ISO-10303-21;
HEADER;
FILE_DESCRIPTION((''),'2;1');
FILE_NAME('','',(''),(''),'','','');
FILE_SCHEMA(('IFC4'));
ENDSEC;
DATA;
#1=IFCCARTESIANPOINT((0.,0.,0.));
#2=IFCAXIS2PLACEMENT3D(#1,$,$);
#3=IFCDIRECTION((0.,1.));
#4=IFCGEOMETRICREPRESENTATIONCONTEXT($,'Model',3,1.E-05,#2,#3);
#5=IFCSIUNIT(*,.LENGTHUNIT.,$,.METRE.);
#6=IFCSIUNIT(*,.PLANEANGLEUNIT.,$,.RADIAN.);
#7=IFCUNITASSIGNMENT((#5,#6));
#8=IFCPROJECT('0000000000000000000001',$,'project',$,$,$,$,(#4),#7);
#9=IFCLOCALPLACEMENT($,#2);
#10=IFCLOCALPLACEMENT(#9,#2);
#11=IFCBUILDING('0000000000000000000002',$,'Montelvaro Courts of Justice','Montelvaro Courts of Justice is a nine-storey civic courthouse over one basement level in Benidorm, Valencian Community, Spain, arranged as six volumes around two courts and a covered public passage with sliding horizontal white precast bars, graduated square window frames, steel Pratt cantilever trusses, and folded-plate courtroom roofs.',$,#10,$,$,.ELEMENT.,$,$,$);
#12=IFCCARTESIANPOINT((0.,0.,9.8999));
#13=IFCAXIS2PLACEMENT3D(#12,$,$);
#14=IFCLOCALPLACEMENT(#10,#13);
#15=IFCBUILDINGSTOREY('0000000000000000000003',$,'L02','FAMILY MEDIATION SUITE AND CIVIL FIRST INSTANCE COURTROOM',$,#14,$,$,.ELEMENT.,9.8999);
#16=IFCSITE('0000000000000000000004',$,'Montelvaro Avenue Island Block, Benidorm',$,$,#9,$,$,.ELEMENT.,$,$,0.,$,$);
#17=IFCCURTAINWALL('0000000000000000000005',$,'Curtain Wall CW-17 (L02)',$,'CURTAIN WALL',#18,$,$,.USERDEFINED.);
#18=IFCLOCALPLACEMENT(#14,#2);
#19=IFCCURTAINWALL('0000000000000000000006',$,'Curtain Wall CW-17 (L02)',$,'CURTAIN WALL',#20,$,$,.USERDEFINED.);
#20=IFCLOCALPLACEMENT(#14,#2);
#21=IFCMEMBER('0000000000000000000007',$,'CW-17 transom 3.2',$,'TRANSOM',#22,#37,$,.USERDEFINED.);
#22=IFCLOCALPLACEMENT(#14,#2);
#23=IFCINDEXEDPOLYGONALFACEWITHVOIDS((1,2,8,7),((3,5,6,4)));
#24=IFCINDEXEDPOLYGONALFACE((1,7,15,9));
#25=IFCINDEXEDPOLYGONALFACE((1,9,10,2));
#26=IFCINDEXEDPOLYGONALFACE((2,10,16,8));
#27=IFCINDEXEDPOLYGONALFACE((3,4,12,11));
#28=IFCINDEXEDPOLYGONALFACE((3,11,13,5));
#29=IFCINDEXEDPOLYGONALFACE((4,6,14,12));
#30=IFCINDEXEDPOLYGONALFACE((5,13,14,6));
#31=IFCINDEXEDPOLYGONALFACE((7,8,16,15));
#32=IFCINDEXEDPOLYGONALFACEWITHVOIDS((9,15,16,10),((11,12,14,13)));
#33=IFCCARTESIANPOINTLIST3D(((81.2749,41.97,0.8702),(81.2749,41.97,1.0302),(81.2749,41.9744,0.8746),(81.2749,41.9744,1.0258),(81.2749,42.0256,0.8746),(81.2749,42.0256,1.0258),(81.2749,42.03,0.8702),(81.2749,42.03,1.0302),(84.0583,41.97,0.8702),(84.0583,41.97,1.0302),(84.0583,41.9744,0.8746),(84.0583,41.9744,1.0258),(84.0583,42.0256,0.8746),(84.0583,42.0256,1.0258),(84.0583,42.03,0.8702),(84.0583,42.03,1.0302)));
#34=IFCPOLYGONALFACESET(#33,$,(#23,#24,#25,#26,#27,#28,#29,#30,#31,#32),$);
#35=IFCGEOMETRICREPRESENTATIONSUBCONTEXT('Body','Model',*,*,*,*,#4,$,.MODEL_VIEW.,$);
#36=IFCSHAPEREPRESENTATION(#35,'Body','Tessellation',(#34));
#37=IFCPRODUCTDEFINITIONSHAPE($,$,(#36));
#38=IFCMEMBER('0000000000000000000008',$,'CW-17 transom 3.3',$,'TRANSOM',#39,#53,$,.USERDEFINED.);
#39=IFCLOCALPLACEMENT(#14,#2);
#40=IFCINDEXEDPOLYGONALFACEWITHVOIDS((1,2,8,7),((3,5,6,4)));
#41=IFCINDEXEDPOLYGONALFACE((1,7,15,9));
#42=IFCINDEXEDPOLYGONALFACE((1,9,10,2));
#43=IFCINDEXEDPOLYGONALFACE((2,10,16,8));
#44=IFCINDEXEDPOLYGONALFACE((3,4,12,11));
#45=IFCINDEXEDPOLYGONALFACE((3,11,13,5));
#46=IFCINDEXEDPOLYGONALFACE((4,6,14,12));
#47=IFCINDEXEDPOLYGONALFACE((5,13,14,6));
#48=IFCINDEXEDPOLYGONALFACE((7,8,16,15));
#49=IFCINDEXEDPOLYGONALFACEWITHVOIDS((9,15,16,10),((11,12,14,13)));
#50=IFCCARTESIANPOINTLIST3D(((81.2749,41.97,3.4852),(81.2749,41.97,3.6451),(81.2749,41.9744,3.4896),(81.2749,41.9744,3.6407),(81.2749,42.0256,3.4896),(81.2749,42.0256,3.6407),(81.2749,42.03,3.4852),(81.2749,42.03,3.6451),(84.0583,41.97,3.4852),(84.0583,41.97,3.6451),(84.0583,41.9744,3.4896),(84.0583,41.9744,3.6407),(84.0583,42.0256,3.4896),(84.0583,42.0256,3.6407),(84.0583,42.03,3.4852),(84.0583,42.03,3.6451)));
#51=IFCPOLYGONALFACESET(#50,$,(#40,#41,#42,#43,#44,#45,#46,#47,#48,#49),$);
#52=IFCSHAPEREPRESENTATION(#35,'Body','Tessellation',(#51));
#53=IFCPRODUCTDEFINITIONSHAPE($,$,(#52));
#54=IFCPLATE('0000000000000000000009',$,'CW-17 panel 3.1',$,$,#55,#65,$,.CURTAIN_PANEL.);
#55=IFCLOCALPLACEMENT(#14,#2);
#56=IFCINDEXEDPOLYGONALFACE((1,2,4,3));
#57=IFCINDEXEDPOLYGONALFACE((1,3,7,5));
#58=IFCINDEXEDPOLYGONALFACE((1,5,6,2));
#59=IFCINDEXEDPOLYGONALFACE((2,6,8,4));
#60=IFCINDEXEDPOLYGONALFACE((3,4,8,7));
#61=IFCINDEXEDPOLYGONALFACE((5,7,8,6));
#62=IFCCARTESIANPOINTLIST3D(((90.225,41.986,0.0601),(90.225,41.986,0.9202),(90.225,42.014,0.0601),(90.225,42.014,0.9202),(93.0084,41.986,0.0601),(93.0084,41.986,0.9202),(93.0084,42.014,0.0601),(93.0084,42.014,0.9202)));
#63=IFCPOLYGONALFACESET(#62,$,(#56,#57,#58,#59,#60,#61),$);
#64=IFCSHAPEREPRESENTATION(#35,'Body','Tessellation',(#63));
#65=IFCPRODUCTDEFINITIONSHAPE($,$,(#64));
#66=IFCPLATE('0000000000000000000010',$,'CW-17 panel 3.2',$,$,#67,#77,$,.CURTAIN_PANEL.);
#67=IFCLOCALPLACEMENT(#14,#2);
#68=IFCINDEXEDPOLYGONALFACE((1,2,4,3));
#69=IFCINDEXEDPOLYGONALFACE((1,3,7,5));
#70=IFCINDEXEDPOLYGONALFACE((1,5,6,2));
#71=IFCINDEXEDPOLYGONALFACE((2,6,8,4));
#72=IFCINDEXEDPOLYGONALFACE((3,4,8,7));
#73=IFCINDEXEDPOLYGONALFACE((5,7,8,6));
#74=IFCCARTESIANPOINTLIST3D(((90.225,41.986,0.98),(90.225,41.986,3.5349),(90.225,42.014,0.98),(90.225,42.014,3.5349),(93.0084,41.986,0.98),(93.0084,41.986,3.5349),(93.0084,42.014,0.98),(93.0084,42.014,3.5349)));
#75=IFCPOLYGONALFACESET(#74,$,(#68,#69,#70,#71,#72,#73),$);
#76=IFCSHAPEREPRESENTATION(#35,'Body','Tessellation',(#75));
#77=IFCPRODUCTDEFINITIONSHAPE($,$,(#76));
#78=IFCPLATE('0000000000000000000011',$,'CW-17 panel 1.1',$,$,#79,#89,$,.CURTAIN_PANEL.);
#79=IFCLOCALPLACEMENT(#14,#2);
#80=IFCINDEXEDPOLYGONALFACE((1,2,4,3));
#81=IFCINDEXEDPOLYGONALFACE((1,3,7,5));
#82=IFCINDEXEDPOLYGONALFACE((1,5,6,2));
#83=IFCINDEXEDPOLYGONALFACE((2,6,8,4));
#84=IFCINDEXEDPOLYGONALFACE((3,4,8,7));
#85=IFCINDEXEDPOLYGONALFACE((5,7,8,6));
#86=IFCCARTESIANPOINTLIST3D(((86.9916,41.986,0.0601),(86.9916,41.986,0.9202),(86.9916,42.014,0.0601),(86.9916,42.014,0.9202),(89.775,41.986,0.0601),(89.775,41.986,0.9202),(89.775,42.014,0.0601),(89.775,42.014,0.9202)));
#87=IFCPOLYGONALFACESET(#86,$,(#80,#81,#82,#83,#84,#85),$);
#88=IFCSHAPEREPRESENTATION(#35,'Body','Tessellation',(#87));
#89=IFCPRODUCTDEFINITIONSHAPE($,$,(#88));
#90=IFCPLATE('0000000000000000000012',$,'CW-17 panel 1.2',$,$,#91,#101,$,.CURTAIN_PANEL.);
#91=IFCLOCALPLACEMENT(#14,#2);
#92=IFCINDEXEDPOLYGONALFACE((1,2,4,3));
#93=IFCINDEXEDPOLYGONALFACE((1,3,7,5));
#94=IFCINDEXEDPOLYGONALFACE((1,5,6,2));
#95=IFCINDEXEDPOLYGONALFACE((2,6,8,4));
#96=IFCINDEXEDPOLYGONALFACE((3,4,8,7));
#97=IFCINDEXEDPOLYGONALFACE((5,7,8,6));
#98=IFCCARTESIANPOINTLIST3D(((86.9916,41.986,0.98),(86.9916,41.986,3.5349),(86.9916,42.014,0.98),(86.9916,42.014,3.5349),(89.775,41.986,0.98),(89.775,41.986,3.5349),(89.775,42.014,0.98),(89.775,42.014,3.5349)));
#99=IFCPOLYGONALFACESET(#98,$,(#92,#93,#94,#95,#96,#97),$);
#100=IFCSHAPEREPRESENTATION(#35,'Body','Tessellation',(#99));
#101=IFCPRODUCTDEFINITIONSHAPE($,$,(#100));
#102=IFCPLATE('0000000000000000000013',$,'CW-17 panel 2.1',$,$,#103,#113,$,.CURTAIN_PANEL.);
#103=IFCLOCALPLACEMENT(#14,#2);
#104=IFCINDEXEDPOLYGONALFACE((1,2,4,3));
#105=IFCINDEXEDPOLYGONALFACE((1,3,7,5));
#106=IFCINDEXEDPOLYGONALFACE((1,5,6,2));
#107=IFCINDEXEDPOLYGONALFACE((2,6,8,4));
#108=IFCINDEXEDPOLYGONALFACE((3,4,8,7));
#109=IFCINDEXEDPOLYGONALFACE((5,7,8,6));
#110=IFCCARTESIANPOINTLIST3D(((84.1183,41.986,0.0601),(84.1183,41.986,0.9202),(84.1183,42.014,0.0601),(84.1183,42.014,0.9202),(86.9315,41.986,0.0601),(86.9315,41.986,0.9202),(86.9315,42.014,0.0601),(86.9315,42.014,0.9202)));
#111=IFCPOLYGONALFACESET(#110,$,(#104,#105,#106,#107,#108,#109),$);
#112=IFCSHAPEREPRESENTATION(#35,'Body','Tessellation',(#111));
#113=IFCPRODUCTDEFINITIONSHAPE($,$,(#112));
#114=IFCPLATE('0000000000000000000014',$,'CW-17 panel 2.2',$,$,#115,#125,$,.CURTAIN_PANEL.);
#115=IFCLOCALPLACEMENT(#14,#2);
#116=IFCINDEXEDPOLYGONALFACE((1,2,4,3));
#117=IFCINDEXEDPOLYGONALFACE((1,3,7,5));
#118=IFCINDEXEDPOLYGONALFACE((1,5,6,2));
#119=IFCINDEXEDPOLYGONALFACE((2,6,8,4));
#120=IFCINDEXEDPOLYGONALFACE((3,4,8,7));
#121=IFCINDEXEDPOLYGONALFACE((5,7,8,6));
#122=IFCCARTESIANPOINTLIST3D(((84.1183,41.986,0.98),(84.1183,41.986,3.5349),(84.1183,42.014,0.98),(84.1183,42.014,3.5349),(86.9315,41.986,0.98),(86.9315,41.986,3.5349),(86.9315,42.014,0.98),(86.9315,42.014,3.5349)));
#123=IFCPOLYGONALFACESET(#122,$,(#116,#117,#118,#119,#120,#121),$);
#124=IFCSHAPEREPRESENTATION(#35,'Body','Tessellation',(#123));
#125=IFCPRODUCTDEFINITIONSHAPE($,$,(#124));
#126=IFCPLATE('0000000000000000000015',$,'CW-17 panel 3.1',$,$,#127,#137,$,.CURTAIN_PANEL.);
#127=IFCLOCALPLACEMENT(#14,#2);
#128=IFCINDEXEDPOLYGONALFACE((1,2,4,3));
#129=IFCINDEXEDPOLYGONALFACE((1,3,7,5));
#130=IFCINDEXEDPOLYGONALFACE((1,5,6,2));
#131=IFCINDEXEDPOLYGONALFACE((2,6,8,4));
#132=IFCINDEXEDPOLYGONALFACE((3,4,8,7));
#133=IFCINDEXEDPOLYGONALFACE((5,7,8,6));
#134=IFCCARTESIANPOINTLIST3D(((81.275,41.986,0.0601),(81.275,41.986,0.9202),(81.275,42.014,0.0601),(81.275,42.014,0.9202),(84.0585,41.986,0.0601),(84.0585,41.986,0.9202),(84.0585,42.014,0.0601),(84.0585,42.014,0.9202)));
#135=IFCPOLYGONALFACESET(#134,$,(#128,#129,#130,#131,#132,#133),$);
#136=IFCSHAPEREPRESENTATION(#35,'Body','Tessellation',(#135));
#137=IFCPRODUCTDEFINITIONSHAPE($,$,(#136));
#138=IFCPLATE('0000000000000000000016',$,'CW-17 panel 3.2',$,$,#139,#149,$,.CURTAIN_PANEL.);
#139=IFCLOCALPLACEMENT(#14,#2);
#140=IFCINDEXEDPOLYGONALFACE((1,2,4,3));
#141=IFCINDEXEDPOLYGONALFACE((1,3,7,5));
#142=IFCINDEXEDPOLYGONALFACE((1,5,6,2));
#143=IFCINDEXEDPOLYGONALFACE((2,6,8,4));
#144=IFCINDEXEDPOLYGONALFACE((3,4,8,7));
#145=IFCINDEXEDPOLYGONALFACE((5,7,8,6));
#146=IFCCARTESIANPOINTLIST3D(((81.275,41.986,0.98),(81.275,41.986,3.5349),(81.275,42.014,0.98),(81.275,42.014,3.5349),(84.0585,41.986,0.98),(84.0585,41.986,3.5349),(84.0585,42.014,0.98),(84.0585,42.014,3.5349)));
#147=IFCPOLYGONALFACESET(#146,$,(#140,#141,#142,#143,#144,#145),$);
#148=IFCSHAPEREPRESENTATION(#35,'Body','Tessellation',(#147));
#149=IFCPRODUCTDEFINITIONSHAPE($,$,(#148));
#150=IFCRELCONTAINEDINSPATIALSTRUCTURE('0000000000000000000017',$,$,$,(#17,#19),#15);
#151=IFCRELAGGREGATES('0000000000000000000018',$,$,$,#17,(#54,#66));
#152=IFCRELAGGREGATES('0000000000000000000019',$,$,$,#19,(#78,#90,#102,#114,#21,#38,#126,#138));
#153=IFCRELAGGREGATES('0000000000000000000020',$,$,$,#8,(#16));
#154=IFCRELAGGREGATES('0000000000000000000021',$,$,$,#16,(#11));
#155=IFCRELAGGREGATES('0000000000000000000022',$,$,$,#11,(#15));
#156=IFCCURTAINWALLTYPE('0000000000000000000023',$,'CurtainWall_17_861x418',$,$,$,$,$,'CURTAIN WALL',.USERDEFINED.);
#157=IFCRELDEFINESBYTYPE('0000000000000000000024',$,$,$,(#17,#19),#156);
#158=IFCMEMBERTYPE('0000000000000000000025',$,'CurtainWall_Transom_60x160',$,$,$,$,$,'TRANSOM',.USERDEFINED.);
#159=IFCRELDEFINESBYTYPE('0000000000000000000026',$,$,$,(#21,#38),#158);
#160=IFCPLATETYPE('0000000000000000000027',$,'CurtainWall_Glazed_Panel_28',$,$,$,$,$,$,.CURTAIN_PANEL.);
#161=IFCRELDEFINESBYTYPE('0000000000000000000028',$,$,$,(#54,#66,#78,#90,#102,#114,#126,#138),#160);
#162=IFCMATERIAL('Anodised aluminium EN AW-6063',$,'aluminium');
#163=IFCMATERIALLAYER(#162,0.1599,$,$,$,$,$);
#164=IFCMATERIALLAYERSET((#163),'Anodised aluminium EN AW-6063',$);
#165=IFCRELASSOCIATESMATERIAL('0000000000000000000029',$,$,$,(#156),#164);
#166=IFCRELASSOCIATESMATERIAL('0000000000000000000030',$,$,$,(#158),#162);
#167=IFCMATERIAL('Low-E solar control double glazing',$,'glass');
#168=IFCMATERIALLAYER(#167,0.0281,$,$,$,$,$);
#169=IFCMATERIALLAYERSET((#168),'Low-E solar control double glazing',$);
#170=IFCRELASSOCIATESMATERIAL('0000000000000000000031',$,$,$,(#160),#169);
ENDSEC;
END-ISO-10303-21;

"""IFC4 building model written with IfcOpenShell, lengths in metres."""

from ifc_helpers import new_model, si_unit, direction, frame, origin, origin_2d, place, context, subcontext, project, spatial, rectangle, hollow_rectangle, extrude, material, layer, layer_set, material_profile, profile_set, type_object, element, aggregate, save


model = new_model("IFC4")

# Units and contexts
model_context = context("Model", 3, precision=1e-05, world=origin(), true_north=direction((0.0, 1.0)))
body_context = subcontext(model_context, "Body", "Model", "MODEL_VIEW")
ifc_project = project(units=[si_unit("LENGTHUNIT", "METRE"), si_unit("PLANEANGLEUNIT", "RADIAN")], contexts=[model_context])

# Site, building, storey
site_placement = place(None, origin())
site = spatial("IfcSite", under=ifc_project, at=site_placement, Name="Montelvaro Avenue Island Block, Benidorm", CompositionType="ELEMENT", RefElevation=0.0)
building_placement = place(site_placement, origin())
building = spatial("IfcBuilding", under=site, at=building_placement, Name="Montelvaro Courts of Justice", Description="Montelvaro Courts of Justice is a nine-storey civic courthouse over one basement level in Benidorm, Valencian Community, Spain, arranged as six volumes around two courts and a covered public passage with sliding horizontal white precast bars, graduated square window frames, steel Pratt cantilever trusses, and folded-plate courtroom roofs.", CompositionType="ELEMENT")
storey_placement = place(building_placement, frame((0.0, 0.0, 9.8999)))
storey = spatial("IfcBuildingStorey", under=building, at=storey_placement, Name="L02", Description="FAMILY MEDIATION SUITE AND CIVIL FIRST INSTANCE COURTROOM", CompositionType="ELEMENT", Elevation=9.8999)

# Curtain wall
ifc_material_1 = material(Name="Anodised aluminium EN AW-6063", Category="aluminium")
ifc_layer_1 = layer(ifc_material_1, 0.1599)
ifc_layer_set_1 = layer_set([ifc_layer_1], Name="Anodised aluminium EN AW-6063")
curtain_wall_type = type_object("IfcCurtainWallType", Name="CurtainWall_17_861x418", ElementType="CURTAIN WALL", PredefinedType="USERDEFINED", material=ifc_layer_set_1)
curtain_wall_1_placement = place(storey_placement, origin())
curtain_wall_1 = element("IfcCurtainWall", 1, at=curtain_wall_1_placement, inside=storey, type_object=curtain_wall_type, Name="Curtain Wall CW-17 (L02)", ObjectType="CURTAIN WALL", PredefinedType="USERDEFINED")

# Curtain wall, members
curtain_wall_2_placement = place(storey_placement, origin())
curtain_wall_2 = element("IfcCurtainWall", 2, at=curtain_wall_2_placement, inside=storey, type_object=curtain_wall_type, Name="Curtain Wall CW-17 (L02)", ObjectType="CURTAIN WALL", PredefinedType="USERDEFINED")
ifc_material_profile_1 = material_profile(ifc_material_1, hollow_rectangle(XDim=0.0601, YDim=0.1599, WallThickness=0.0044, at=origin_2d()), Name="ALU-T 60x160")
ifc_profile_set_1 = profile_set([ifc_material_profile_1], Name="Anodised aluminium EN AW-6063")
member_type_1 = type_object("IfcMemberType", Name="CurtainWall_Transom_60x160", ElementType="TRANSOM", PredefinedType="USERDEFINED", material=ifc_profile_set_1)
member_1_placement = place(storey_placement, frame((84.0583, 42.0, 0.9502), z_axis=(-1.0, 0.0, 0.0), x_axis=(0.0, -1.0, 0.0)))
member_1 = element("IfcMember", 3, at=member_1_placement, type_object=member_type_1, Name="CW-17 transom 3.2", ObjectType="TRANSOM", PredefinedType="USERDEFINED", context=body_context, shape_type="SweptSolid", body=[
    extrude(hollow_rectangle(XDim=0.0601, YDim=0.1599, WallThickness=0.0044, at=origin_2d()), origin(), (0.0, 0.0, 1.0), 2.7834),
])
member_2_placement = place(storey_placement, frame((84.0583, 42.0, 3.5652), z_axis=(-1.0, 0.0, 0.0), x_axis=(0.0, -1.0, 0.0)))
member_2 = element("IfcMember", 4, at=member_2_placement, type_object=member_type_1, Name="CW-17 transom 3.3", ObjectType="TRANSOM", PredefinedType="USERDEFINED", context=body_context, shape_type="SweptSolid", body=[
    extrude(hollow_rectangle(XDim=0.0601, YDim=0.1599, WallThickness=0.0044, at=origin_2d()), origin(), (0.0, 0.0, 1.0), 2.7834),
])

# Plates
ifc_material_2 = material(Name="Low-E solar control double glazing", Category="glass")
ifc_layer_2 = layer(ifc_material_2, 0.0281)
ifc_layer_set_2 = layer_set([ifc_layer_2], Name="Low-E solar control double glazing")
plate_type = type_object("IfcPlateType", Name="CurtainWall_Glazed_Panel_28", PredefinedType="CURTAIN_PANEL", material=ifc_layer_set_2)
plate_1_placement = place(storey_placement, frame((91.6167, 42.0, 0.0601), z_axis=(0.0, 0.0, 1.0), x_axis=(-1.0, 0.0, 0.0)))
plate_1 = element("IfcPlate", 5, at=plate_1_placement, type_object=plate_type, Name="CW-17 panel 3.1", PredefinedType="CURTAIN_PANEL", context=body_context, shape_type="SweptSolid", body=[
    extrude(rectangle(XDim=2.7834, YDim=0.0281, at=origin_2d()), origin(), (0.0, 0.0, 1.0), 0.8601),
])
plate_2_placement = place(storey_placement, frame((91.6167, 42.0, 0.98), z_axis=(0.0, 0.0, 1.0), x_axis=(-1.0, 0.0, 0.0)))
plate_2 = element("IfcPlate", 6, at=plate_2_placement, type_object=plate_type, Name="CW-17 panel 3.2", PredefinedType="CURTAIN_PANEL", context=body_context, shape_type="SweptSolid", body=[
    extrude(rectangle(XDim=2.7834, YDim=0.0281, at=origin_2d()), origin(), (0.0, 0.0, 1.0), 2.5549),
])
aggregate(curtain_wall_1, [plate_1, plate_2])
plate_3_placement = place(storey_placement, frame((88.3833, 42.0, 0.0601), z_axis=(0.0, 0.0, 1.0), x_axis=(-1.0, 0.0, 0.0)))
plate_3 = element("IfcPlate", 7, at=plate_3_placement, type_object=plate_type, Name="CW-17 panel 1.1", PredefinedType="CURTAIN_PANEL", context=body_context, shape_type="SweptSolid", body=[
    extrude(rectangle(XDim=2.7834, YDim=0.0281, at=origin_2d()), origin(), (0.0, 0.0, 1.0), 0.8601),
])
plate_4_placement = place(storey_placement, frame((88.3833, 42.0, 0.98), z_axis=(0.0, 0.0, 1.0), x_axis=(-1.0, 0.0, 0.0)))
plate_4 = element("IfcPlate", 8, at=plate_4_placement, type_object=plate_type, Name="CW-17 panel 1.2", PredefinedType="CURTAIN_PANEL", context=body_context, shape_type="SweptSolid", body=[
    extrude(rectangle(XDim=2.7834, YDim=0.0281, at=origin_2d()), origin(), (0.0, 0.0, 1.0), 2.5549),
])
plate_5_placement = place(storey_placement, frame((85.5249, 42.0, 0.0601), z_axis=(0.0, 0.0, 1.0), x_axis=(-1.0, 0.0, 0.0)))
plate_5 = element("IfcPlate", 9, at=plate_5_placement, type_object=plate_type, Name="CW-17 panel 2.1", PredefinedType="CURTAIN_PANEL", context=body_context, shape_type="SweptSolid", body=[
    extrude(rectangle(XDim=2.8132, YDim=0.0281, at=origin_2d()), origin(), (0.0, 0.0, 1.0), 0.8601),
])
plate_6_placement = place(storey_placement, frame((85.5249, 42.0, 0.98), z_axis=(0.0, 0.0, 1.0), x_axis=(-1.0, 0.0, 0.0)))
plate_6 = element("IfcPlate", 10, at=plate_6_placement, type_object=plate_type, Name="CW-17 panel 2.2", PredefinedType="CURTAIN_PANEL", context=body_context, shape_type="SweptSolid", body=[
    extrude(rectangle(XDim=2.8132, YDim=0.0281, at=origin_2d()), origin(), (0.0, 0.0, 1.0), 2.5549),
])
plate_7_placement = place(storey_placement, frame((82.6667, 42.0, 0.0601), z_axis=(0.0, 0.0, 1.0), x_axis=(-1.0, 0.0, 0.0)))
plate_7 = element("IfcPlate", 11, at=plate_7_placement, type_object=plate_type, Name="CW-17 panel 3.1", PredefinedType="CURTAIN_PANEL", context=body_context, shape_type="SweptSolid", body=[
    extrude(rectangle(XDim=2.7834, YDim=0.0281, at=origin_2d()), origin(), (0.0, 0.0, 1.0), 0.8601),
])
plate_8_placement = place(storey_placement, frame((82.6667, 42.0, 0.98), z_axis=(0.0, 0.0, 1.0), x_axis=(-1.0, 0.0, 0.0)))
plate_8 = element("IfcPlate", 12, at=plate_8_placement, type_object=plate_type, Name="CW-17 panel 3.2", PredefinedType="CURTAIN_PANEL", context=body_context, shape_type="SweptSolid", body=[
    extrude(rectangle(XDim=2.7834, YDim=0.0281, at=origin_2d()), origin(), (0.0, 0.0, 1.0), 2.5549),
])
aggregate(curtain_wall_2, [plate_3, plate_4, plate_5, plate_6, member_1, member_2, plate_7, plate_8])

save(model, "model.ifc")
